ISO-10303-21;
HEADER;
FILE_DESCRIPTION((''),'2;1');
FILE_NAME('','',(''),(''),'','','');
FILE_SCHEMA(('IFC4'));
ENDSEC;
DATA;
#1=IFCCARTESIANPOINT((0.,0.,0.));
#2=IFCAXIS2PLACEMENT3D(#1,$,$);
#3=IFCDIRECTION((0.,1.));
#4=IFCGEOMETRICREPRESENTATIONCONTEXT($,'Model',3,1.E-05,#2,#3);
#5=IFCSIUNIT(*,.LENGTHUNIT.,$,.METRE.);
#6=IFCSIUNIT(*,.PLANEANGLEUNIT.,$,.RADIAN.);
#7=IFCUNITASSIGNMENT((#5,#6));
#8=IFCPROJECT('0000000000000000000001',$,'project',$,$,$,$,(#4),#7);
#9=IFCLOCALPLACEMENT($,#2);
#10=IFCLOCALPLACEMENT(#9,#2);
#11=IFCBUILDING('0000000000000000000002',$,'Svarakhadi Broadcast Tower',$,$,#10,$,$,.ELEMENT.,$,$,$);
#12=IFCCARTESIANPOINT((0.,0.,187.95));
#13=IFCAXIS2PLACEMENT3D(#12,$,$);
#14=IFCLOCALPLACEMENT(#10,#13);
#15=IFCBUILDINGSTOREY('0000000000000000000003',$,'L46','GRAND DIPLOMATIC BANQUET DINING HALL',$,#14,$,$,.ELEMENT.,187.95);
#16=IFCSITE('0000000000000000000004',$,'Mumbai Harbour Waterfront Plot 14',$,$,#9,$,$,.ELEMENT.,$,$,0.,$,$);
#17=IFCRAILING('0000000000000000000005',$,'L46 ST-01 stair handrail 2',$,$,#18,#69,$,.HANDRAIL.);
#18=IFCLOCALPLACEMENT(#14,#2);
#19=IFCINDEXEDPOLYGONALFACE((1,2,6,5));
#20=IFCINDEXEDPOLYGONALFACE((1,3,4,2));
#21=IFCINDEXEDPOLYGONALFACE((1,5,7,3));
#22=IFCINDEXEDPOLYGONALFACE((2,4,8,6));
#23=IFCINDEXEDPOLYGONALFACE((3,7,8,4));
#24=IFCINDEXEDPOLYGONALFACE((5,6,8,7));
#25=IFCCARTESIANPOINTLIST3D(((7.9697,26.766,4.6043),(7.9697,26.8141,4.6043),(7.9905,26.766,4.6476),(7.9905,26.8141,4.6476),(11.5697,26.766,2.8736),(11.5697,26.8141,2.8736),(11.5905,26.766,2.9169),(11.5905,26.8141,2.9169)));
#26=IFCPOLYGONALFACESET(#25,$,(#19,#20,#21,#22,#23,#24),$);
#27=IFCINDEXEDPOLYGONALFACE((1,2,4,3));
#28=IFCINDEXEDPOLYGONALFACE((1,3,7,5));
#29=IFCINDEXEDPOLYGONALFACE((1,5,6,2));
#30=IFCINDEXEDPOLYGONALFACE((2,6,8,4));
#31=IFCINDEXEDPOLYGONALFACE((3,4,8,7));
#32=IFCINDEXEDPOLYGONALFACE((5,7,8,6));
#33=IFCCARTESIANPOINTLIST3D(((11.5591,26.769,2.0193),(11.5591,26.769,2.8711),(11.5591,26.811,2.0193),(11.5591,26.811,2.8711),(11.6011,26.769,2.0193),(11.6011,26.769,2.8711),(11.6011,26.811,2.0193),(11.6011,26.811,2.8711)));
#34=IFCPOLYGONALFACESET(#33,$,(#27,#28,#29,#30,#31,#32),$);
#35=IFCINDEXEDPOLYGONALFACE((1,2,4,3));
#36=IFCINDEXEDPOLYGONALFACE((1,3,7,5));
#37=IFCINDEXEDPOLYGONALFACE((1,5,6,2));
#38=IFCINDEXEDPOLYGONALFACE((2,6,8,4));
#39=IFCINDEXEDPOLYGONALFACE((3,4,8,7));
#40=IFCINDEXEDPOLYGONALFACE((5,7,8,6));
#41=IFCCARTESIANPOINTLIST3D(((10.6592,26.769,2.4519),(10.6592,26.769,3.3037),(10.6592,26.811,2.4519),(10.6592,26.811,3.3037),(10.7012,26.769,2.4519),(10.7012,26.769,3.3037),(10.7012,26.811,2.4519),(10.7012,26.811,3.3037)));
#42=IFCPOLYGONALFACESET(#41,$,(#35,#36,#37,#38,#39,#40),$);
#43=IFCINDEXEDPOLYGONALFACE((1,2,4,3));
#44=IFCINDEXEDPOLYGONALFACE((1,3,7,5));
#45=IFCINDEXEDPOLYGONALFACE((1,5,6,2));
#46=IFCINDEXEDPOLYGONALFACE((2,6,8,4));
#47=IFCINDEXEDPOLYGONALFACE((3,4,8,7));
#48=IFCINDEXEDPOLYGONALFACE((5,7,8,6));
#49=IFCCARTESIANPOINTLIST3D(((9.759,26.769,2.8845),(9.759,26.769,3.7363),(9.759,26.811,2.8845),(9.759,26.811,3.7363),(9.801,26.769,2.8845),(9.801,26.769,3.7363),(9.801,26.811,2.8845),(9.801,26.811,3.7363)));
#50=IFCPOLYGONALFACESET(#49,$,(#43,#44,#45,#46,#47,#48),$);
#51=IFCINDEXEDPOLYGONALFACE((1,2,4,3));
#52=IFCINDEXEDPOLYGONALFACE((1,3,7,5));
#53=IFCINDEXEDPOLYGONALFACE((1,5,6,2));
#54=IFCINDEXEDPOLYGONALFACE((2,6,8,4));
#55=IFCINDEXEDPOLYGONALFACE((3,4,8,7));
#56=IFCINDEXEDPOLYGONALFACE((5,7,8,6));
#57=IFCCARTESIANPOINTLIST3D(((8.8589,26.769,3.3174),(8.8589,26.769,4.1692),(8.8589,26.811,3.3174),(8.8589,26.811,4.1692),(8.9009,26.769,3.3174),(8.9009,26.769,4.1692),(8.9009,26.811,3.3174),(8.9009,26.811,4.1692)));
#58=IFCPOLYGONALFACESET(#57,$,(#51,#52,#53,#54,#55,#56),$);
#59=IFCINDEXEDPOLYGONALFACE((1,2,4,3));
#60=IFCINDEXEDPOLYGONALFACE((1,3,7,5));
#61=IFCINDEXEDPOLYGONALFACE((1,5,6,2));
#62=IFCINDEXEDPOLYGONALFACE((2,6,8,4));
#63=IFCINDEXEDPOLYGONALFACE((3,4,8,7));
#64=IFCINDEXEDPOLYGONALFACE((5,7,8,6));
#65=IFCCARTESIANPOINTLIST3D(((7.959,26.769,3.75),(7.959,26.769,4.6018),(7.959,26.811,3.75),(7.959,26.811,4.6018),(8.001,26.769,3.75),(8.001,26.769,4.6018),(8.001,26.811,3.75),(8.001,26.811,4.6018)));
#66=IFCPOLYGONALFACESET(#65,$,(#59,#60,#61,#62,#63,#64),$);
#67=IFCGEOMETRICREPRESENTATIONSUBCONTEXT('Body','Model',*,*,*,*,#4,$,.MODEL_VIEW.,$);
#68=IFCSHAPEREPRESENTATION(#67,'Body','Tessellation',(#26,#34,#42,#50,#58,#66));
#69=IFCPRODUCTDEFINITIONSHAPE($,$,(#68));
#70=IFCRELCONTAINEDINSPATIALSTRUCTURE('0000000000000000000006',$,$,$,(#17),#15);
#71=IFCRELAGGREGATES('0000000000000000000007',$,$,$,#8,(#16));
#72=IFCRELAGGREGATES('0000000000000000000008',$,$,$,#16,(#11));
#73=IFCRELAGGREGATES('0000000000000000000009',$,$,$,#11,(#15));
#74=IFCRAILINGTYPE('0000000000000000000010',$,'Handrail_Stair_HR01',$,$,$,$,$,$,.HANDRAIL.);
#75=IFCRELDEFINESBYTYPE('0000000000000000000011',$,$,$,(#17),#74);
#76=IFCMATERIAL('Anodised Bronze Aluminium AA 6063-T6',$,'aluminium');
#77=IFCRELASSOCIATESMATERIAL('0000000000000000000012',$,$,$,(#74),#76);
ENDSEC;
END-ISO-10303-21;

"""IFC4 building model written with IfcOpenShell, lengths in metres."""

from ifc_helpers import new_model, si_unit, direction, frame, origin, origin_2d, place, context, subcontext, project, spatial, rectangle, extrude, material, type_object, element, save


model = new_model("IFC4")

# Units and contexts
model_context = context("Model", 3, precision=1e-05, world=origin(), true_north=direction((0.0, 1.0)))
body_context = subcontext(model_context, "Body", "Model", "MODEL_VIEW")
ifc_project = project(units=[si_unit("LENGTHUNIT", "METRE"), si_unit("PLANEANGLEUNIT", "RADIAN")], contexts=[model_context])

# Site, building, storey
site_placement = place(None, origin())
site = spatial("IfcSite", under=ifc_project, at=site_placement, Name="Mumbai Harbour Waterfront Plot 14", CompositionType="ELEMENT", RefElevation=0.0)
building_placement = place(site_placement, origin())
building = spatial("IfcBuilding", under=site, at=building_placement, Name="Svarakhadi Broadcast Tower", CompositionType="ELEMENT")
storey_placement = place(building_placement, frame((0.0, 0.0, 187.95)))
storey = spatial("IfcBuildingStorey", under=building, at=storey_placement, Name="L46", Description="GRAND DIPLOMATIC BANQUET DINING HALL", CompositionType="ELEMENT", Elevation=187.95)

# Railing
ifc_material_1 = material(Name="Anodised Bronze Aluminium AA 6063-T6", Category="aluminium")
railing_type_1 = type_object("IfcRailingType", Name="Handrail_Stair_HR01", PredefinedType="HANDRAIL", material=ifc_material_1)
railing_1_placement = place(storey_placement, frame((11.5801, 26.79, 2.0193)))
element("IfcRailing", 1, at=railing_1_placement, inside=storey, type_object=railing_type_1, Name="L46 ST-01 stair handrail 2", PredefinedType="HANDRAIL", context=body_context, shape_type="SweptSolid", body=[
    extrude(rectangle(XDim=0.0481, YDim=0.0481, at=origin_2d()), frame((0.0, 0.0, 0.876), z_axis=(-0.901263, 0.0, 0.433273), x_axis=(0.0, -1.0, 0.0)), (0.0, 0.0, 1.0), 3.9944),
    extrude(rectangle(XDim=0.042, YDim=0.042, at=origin_2d()), origin(), (0.0, 0.0, 1.0), 0.8518),
    extrude(rectangle(XDim=0.042, YDim=0.042, at=origin_2d()), frame((-0.8999, 0.0, 0.4326)), (0.0, 0.0, 1.0), 0.8518),
    extrude(rectangle(XDim=0.042, YDim=0.042, at=origin_2d()), frame((-1.8, 0.0, 0.8652)), (0.0, 0.0, 1.0), 0.8518),
    extrude(rectangle(XDim=0.042, YDim=0.042, at=origin_2d()), frame((-2.7002, 0.0, 1.2981)), (0.0, 0.0, 1.0), 0.8518),
    extrude(rectangle(XDim=0.042, YDim=0.042, at=origin_2d()), frame((-3.6001, 0.0, 1.7307)), (0.0, 0.0, 1.0), 0.8518),
])

save(model, "model.ifc")
